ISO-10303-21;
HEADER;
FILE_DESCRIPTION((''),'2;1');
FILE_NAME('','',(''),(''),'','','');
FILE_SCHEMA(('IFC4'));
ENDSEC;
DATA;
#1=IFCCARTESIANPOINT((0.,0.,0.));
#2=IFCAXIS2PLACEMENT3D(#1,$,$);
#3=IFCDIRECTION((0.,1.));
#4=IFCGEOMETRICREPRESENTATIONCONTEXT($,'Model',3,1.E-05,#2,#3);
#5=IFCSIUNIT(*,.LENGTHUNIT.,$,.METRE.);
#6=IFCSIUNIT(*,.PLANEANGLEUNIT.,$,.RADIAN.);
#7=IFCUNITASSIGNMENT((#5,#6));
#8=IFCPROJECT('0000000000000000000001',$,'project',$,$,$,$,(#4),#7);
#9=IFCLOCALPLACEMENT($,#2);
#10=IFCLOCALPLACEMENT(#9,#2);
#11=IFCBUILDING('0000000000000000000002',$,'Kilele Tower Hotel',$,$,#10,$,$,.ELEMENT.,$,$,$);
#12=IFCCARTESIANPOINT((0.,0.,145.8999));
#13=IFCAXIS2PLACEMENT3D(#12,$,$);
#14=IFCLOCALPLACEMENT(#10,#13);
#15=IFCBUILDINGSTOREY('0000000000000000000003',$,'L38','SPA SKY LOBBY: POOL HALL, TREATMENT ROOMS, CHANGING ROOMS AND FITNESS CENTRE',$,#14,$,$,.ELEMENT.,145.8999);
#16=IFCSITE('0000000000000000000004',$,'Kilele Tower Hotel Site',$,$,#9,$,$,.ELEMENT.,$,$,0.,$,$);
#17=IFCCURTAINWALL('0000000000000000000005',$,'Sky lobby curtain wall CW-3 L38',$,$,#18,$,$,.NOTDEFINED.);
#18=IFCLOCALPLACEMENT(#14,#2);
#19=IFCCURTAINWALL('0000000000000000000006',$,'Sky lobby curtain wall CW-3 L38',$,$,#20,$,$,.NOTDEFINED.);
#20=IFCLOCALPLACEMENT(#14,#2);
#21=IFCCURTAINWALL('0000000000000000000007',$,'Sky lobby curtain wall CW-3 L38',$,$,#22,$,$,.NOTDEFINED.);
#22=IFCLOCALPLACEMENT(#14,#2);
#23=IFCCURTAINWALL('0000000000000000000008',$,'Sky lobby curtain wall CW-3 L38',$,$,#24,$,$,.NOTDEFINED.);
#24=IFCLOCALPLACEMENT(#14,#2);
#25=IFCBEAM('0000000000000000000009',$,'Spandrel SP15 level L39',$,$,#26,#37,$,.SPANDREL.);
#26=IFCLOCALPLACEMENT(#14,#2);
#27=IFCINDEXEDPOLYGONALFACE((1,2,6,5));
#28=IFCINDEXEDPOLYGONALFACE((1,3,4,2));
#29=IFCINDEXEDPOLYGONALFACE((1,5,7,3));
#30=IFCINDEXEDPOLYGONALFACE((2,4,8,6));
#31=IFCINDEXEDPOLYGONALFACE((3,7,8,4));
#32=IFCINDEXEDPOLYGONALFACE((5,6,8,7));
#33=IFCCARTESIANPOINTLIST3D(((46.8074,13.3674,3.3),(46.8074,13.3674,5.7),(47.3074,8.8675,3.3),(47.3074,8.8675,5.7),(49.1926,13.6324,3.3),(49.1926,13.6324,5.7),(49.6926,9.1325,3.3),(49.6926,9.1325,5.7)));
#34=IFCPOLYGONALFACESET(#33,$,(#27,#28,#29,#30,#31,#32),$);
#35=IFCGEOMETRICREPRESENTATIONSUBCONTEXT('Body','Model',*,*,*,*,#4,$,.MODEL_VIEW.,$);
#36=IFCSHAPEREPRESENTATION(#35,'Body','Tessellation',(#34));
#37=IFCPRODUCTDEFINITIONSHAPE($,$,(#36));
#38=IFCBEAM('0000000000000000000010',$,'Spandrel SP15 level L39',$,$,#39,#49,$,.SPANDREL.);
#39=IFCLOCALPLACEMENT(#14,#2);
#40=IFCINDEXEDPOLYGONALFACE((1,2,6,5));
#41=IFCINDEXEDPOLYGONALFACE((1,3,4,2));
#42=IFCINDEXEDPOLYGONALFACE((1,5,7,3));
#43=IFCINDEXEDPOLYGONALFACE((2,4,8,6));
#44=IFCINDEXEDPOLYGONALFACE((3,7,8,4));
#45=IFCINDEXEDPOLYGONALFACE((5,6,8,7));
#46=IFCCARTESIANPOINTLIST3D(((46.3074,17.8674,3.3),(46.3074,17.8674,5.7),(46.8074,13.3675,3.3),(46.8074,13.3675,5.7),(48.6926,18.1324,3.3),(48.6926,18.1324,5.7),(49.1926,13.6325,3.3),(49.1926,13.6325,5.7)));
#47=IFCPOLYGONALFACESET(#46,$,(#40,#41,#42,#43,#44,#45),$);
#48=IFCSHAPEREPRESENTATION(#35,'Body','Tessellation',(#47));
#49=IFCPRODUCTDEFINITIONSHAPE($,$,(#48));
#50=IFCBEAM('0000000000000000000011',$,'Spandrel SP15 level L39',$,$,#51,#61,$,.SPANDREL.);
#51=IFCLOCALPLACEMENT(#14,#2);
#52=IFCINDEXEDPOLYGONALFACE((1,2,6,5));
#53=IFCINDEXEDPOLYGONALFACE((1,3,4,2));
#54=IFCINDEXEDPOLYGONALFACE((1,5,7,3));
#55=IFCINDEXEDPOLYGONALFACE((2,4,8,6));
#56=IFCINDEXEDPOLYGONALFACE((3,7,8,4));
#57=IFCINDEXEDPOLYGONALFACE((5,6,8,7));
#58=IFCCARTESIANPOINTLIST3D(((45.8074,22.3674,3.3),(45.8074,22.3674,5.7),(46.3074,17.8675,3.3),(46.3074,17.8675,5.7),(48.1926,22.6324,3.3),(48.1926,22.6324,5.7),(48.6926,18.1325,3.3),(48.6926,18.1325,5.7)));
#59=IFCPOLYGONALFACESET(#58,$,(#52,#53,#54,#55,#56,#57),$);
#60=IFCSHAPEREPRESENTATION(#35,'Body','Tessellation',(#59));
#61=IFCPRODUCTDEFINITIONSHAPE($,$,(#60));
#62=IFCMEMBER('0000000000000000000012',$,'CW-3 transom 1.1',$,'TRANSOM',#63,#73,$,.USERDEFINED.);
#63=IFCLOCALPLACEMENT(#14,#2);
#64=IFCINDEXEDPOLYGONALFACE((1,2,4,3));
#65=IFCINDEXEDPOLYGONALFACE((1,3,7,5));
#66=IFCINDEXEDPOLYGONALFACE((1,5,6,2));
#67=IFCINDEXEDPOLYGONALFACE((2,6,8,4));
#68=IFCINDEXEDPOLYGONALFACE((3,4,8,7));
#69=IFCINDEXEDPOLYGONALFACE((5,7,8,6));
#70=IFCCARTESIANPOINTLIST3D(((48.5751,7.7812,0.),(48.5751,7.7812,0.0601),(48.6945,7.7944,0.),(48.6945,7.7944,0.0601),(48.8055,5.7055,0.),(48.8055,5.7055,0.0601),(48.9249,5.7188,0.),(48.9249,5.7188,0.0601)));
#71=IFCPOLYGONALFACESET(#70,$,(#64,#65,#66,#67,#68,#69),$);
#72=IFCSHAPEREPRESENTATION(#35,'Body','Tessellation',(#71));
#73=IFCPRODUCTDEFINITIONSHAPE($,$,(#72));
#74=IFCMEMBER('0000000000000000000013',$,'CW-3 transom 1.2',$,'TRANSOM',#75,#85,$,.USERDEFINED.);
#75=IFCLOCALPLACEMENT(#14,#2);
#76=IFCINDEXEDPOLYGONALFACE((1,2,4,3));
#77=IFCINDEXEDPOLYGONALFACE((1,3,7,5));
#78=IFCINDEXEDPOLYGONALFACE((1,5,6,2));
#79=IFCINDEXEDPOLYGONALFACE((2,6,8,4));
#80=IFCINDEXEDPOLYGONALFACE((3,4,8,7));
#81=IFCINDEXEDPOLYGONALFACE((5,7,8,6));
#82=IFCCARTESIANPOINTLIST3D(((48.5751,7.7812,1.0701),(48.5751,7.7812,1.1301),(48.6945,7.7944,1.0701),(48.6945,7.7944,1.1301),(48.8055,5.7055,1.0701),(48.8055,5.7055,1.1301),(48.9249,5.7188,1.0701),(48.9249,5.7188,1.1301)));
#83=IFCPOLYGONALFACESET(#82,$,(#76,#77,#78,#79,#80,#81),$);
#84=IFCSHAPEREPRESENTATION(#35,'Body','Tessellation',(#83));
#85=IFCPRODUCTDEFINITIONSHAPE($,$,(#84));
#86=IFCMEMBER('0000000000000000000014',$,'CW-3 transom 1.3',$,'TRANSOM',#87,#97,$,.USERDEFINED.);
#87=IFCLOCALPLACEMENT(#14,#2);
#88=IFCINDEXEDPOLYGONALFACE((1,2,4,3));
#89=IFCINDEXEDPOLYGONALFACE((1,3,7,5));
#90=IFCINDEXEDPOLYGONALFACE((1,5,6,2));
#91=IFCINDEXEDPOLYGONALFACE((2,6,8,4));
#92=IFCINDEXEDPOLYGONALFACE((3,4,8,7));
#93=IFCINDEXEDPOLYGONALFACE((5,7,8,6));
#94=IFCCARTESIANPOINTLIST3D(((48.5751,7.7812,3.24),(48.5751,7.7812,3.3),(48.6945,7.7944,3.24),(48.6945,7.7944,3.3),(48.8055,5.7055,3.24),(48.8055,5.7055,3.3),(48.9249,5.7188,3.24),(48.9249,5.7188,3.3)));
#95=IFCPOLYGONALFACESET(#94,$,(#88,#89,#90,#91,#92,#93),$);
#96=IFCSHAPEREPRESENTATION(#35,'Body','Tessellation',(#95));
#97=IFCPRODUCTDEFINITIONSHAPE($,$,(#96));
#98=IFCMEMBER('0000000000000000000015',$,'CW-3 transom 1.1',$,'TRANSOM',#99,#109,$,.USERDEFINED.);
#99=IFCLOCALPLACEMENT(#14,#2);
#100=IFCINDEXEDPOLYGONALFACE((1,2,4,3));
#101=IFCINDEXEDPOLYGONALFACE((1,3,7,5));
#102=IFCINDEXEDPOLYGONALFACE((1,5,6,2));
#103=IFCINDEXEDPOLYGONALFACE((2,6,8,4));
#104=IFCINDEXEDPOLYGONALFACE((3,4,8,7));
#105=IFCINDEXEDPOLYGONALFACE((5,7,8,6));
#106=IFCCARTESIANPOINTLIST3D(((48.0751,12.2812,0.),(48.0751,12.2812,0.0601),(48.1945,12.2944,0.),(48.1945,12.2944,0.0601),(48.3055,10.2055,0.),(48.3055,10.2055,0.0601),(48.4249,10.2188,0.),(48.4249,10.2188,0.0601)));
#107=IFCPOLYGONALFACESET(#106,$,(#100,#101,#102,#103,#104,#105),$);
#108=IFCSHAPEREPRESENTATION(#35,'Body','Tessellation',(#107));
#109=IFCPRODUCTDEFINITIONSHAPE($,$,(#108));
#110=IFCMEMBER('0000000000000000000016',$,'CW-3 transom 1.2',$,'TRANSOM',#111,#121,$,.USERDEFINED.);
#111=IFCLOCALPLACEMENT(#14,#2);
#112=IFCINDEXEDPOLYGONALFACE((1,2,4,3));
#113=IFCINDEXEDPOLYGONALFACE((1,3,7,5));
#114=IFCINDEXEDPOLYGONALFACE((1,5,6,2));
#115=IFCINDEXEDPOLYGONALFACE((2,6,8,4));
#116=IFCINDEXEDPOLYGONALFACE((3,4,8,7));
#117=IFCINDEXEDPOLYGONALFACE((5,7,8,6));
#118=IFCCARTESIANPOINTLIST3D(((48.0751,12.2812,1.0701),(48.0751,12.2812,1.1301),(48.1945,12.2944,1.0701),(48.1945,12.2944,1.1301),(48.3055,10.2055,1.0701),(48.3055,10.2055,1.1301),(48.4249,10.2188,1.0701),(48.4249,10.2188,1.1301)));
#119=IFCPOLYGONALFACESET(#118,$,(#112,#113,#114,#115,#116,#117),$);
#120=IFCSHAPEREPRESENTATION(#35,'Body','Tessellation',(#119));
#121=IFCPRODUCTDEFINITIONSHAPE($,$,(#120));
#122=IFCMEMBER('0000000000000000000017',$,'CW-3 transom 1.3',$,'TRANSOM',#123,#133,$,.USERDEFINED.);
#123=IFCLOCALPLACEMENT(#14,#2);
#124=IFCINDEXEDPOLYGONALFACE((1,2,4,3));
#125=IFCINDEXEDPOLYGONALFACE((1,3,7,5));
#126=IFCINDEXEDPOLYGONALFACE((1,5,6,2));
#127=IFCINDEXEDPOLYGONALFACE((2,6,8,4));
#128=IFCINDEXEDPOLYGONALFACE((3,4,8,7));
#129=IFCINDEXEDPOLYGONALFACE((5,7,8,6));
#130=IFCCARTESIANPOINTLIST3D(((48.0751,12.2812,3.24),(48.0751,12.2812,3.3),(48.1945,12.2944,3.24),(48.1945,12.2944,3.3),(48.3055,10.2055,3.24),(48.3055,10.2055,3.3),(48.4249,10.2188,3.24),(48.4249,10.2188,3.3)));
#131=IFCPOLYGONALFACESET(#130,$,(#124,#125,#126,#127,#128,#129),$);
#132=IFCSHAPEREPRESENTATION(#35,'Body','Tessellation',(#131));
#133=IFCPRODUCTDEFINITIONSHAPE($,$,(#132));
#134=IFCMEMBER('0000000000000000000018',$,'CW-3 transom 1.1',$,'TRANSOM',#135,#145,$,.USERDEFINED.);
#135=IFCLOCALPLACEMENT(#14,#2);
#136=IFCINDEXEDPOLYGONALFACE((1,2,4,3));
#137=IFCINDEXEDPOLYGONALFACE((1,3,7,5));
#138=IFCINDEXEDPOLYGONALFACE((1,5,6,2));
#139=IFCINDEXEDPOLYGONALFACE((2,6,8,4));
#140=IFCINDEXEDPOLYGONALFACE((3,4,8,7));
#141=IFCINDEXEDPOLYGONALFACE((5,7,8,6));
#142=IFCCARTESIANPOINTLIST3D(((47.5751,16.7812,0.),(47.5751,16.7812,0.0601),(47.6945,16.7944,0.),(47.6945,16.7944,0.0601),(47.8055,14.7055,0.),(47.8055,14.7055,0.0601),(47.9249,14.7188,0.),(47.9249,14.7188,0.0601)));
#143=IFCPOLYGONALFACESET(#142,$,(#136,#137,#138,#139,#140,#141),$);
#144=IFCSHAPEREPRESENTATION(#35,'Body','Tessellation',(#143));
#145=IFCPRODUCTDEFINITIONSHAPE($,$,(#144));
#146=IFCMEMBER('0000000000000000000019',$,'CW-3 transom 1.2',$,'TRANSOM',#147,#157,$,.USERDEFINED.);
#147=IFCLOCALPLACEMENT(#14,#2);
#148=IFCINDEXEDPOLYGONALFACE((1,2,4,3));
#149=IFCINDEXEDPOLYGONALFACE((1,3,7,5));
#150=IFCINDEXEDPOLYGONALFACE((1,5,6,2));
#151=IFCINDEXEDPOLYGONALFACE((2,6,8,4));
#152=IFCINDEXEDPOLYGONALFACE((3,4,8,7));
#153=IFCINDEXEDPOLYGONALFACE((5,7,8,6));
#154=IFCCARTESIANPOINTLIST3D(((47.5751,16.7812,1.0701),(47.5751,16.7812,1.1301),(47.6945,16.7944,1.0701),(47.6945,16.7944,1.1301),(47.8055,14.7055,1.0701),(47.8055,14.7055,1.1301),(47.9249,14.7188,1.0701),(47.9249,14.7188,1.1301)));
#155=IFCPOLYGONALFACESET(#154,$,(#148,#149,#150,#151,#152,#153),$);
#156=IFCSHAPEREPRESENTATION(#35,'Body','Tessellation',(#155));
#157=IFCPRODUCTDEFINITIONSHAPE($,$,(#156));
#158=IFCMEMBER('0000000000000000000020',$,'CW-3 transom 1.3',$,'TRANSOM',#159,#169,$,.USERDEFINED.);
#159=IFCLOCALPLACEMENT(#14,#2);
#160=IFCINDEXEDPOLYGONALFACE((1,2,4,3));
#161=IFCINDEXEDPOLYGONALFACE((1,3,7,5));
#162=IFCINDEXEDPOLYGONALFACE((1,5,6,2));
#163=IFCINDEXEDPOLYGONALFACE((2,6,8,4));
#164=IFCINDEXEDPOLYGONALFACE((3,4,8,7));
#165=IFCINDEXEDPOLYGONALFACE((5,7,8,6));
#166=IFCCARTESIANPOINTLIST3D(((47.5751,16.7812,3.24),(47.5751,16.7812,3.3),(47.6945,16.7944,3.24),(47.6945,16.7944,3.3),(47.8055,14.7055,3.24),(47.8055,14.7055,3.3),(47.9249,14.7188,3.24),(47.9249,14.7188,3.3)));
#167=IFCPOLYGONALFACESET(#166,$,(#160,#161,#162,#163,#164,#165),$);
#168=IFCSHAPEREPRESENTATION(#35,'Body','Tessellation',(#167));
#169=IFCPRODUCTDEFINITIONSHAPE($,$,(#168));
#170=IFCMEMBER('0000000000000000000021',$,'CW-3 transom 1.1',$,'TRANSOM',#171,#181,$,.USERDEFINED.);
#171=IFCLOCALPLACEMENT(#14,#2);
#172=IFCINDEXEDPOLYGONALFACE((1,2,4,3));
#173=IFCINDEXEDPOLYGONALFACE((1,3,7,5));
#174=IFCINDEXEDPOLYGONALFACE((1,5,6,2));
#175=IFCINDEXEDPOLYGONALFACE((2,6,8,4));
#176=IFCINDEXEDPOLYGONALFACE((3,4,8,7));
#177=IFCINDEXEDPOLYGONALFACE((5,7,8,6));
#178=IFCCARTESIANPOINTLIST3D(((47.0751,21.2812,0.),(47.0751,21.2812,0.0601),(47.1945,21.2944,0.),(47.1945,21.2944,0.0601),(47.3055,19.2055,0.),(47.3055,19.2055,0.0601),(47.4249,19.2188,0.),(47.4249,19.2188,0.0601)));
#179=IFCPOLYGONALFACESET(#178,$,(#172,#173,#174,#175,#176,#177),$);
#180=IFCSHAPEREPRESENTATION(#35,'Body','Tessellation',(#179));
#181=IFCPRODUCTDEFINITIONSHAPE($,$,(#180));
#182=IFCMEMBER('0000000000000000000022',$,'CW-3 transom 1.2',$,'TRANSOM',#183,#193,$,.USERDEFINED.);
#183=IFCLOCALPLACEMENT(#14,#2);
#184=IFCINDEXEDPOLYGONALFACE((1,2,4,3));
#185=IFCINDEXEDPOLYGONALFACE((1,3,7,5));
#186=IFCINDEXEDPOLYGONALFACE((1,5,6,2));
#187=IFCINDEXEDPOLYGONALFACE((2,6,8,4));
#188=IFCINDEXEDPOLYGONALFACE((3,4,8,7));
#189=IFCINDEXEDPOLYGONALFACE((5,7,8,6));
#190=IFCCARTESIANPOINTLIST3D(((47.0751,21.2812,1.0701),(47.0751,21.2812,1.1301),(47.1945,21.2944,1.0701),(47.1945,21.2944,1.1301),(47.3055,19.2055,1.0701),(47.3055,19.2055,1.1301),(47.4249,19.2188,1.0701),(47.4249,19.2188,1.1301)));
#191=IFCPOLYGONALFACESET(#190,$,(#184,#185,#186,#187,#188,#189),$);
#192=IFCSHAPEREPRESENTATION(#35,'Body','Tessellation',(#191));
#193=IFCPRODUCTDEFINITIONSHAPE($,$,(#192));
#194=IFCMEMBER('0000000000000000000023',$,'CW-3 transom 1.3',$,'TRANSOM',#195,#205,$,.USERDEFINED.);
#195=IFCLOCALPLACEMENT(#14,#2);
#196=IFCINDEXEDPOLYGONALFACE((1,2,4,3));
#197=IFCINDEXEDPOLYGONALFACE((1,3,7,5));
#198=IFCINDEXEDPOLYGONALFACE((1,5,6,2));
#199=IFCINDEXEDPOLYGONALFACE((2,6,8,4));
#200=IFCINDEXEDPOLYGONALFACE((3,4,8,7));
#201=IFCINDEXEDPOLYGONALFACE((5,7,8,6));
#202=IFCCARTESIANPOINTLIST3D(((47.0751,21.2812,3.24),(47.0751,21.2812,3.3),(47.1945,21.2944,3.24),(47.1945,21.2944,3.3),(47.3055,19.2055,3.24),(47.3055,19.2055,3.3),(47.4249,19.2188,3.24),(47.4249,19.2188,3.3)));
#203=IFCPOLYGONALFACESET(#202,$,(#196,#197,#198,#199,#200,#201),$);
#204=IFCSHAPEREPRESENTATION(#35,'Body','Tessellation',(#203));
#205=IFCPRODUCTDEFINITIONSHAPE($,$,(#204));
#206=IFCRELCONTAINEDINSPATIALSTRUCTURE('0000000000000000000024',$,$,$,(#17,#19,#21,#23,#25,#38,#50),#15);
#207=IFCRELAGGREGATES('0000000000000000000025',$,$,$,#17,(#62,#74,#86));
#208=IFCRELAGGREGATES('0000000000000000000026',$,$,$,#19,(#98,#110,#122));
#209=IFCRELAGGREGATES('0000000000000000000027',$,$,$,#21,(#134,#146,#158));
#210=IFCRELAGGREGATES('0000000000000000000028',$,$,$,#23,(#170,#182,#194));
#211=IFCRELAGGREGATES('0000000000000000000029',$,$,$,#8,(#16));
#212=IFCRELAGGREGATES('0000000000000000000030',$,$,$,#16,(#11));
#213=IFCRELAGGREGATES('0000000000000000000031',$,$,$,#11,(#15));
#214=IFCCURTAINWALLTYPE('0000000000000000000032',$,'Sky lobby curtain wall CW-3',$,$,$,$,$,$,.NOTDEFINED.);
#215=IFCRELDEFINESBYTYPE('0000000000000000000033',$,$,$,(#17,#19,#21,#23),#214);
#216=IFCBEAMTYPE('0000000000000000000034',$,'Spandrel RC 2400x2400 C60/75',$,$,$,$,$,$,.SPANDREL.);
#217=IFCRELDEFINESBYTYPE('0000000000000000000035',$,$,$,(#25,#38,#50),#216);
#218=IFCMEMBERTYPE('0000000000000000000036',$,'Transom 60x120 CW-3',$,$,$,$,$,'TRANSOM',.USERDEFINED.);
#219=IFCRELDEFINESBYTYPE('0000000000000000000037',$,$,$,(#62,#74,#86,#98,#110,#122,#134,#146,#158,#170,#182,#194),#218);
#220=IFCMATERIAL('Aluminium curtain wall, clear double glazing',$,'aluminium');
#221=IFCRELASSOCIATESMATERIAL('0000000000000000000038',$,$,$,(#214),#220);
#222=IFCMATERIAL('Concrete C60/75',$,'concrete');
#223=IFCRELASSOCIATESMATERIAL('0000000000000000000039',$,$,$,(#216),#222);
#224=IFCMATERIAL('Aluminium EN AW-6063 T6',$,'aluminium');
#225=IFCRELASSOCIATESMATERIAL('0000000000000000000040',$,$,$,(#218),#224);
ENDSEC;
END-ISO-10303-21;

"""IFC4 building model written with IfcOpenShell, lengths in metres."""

from ifc_helpers import new_model, si_unit, direction, frame, origin, origin_2d, place, context, subcontext, project, spatial, rectangle, extrude, material, material_profile, profile_set, type_object, element, aggregate, save


model = new_model("IFC4")

# Units and contexts
model_context = context("Model", 3, precision=1e-05, world=origin(), true_north=direction((0.0, 1.0)))
body_context = subcontext(model_context, "Body", "Model", "MODEL_VIEW")
ifc_project = project(units=[si_unit("LENGTHUNIT", "METRE"), si_unit("PLANEANGLEUNIT", "RADIAN")], contexts=[model_context])

# Site, building, storey
site_placement = place(None, origin())
site = spatial("IfcSite", under=ifc_project, at=site_placement, Name="Kilele Tower Hotel Site", CompositionType="ELEMENT", RefElevation=0.0)
building_placement = place(site_placement, origin())
building = spatial("IfcBuilding", under=site, at=building_placement, Name="Kilele Tower Hotel", CompositionType="ELEMENT")
storey_placement = place(building_placement, frame((0.0, 0.0, 145.8999)))
storey = spatial("IfcBuildingStorey", under=building, at=storey_placement, Name="L38", Description="SPA SKY LOBBY: POOL HALL, TREATMENT ROOMS, CHANGING ROOMS AND FITNESS CENTRE", CompositionType="ELEMENT", Elevation=145.8999)

# Shared definitions
ifc_material_1 = material(Name="Aluminium curtain wall, clear double glazing", Category="aluminium")
curtain_wall_type = type_object("IfcCurtainWallType", Name="Sky lobby curtain wall CW-3", PredefinedType="NOTDEFINED", material=ifc_material_1)

# Curtain walls
curtain_wall_1_placement = place(storey_placement, origin())
curtain_wall_1 = element("IfcCurtainWall", 1, at=curtain_wall_1_placement, inside=storey, type_object=curtain_wall_type, Name="Sky lobby curtain wall CW-3 L38", PredefinedType="NOTDEFINED")
curtain_wall_2_placement = place(storey_placement, origin())
curtain_wall_2 = element("IfcCurtainWall", 2, at=curtain_wall_2_placement, inside=storey, type_object=curtain_wall_type, Name="Sky lobby curtain wall CW-3 L38", PredefinedType="NOTDEFINED")
curtain_wall_3_placement = place(storey_placement, origin())
curtain_wall_3 = element("IfcCurtainWall", 3, at=curtain_wall_3_placement, inside=storey, type_object=curtain_wall_type, Name="Sky lobby curtain wall CW-3 L38", PredefinedType="NOTDEFINED")

# Curtain wall
curtain_wall_4_placement = place(storey_placement, origin())
curtain_wall_4 = element("IfcCurtainWall", 4, at=curtain_wall_4_placement, inside=storey, type_object=curtain_wall_type, Name="Sky lobby curtain wall CW-3 L38", PredefinedType="NOTDEFINED")

# Beams
ifc_material_2 = material(Name="Concrete C60/75", Category="concrete")
ifc_material_profile_1 = material_profile(ifc_material_2, rectangle(XDim=2.3999, YDim=2.3999, at=origin_2d()))
ifc_profile_set_1 = profile_set([ifc_material_profile_1], Name="Concrete C60/75")
beam_type_1 = type_object("IfcBeamType", Name="Spandrel RC 2400x2400 C60/75", PredefinedType="SPANDREL", material=ifc_profile_set_1)
for number, where, z_axis, x_axis, name in (
    (5, (48.5, 9.0, 4.5), (-0.110432, 0.993884, 0.0), (-0.993884, -0.110432, 0.0), "Spandrel SP15 level L39"),
    (6, (48.0, 13.5, 4.5), (-0.110432, 0.993884, 0.0), (-0.993884, -0.110432, 0.0), "Spandrel SP15 level L39"),
    (7, (47.5, 18.0, 4.5), (-0.110432, 0.993884, 0.0), (-0.993884, -0.110432, 0.0), "Spandrel SP15 level L39"),
):
    element("IfcBeam", number, at=place(storey_placement, frame(where, z_axis=z_axis, x_axis=x_axis)), inside=storey, type_object=beam_type_1, Name=name, PredefinedType="SPANDREL", context=body_context, shape_type="SweptSolid", body=[
        extrude(rectangle(XDim=2.3999, YDim=2.3999, at=origin_2d()), origin(), (0.0, 0.0, 1.0), 4.5276),
    ])

# Members
ifc_material_3 = material(Name="Aluminium EN AW-6063 T6", Category="aluminium")
ifc_material_profile_2 = material_profile(ifc_material_3, rectangle(XDim=0.1201, YDim=0.0601, at=origin_2d()))
ifc_profile_set_2 = profile_set([ifc_material_profile_2], Name="Aluminium EN AW-6063 T6")
member_type_1 = type_object("IfcMemberType", Name="Transom 60x120 CW-3", ElementType="TRANSOM", PredefinedType="USERDEFINED", material=ifc_profile_set_2)
member_1_placement = place(storey_placement, frame((48.8652, 5.7122, 0.03), z_axis=(-0.110355, 0.993892, 0.0), x_axis=(-0.993892, -0.110355, 0.0)))
member_1 = element("IfcMember", 8, at=member_1_placement, type_object=member_type_1, Name="CW-3 transom 1.1", ObjectType="TRANSOM", PredefinedType="USERDEFINED", context=body_context, shape_type="SweptSolid", body=[
    extrude(rectangle(XDim=0.1201, YDim=0.0601, at=origin_2d()), origin(), (0.0, 0.0, 1.0), 2.0884),
])
member_2_placement = place(storey_placement, frame((48.8652, 5.7122, 1.1001), z_axis=(-0.110355, 0.993892, 0.0), x_axis=(-0.993892, -0.110355, 0.0)))
member_2 = element("IfcMember", 9, at=member_2_placement, type_object=member_type_1, Name="CW-3 transom 1.2", ObjectType="TRANSOM", PredefinedType="USERDEFINED", context=body_context, shape_type="SweptSolid", body=[
    extrude(rectangle(XDim=0.1201, YDim=0.0601, at=origin_2d()), origin(), (0.0, 0.0, 1.0), 2.0884),
])
member_3_placement = place(storey_placement, frame((48.8652, 5.7122, 3.27), z_axis=(-0.110355, 0.993892, 0.0), x_axis=(-0.993892, -0.110355, 0.0)))
member_3 = element("IfcMember", 10, at=member_3_placement, type_object=member_type_1, Name="CW-3 transom 1.3", ObjectType="TRANSOM", PredefinedType="USERDEFINED", context=body_context, shape_type="SweptSolid", body=[
    extrude(rectangle(XDim=0.1201, YDim=0.0601, at=origin_2d()), origin(), (0.0, 0.0, 1.0), 2.0884),
])
member_4_placement = place(storey_placement, frame((48.3652, 10.2122, 0.03), z_axis=(-0.110355, 0.993892, 0.0), x_axis=(-0.993892, -0.110355, 0.0)))
member_4 = element("IfcMember", 11, at=member_4_placement, type_object=member_type_1, Name="CW-3 transom 1.1", ObjectType="TRANSOM", PredefinedType="USERDEFINED", context=body_context, shape_type="SweptSolid", body=[
    extrude(rectangle(XDim=0.1201, YDim=0.0601, at=origin_2d()), origin(), (0.0, 0.0, 1.0), 2.0884),
])
member_5_placement = place(storey_placement, frame((48.3652, 10.2122, 1.1001), z_axis=(-0.110355, 0.993892, 0.0), x_axis=(-0.993892, -0.110355, 0.0)))
member_5 = element("IfcMember", 12, at=member_5_placement, type_object=member_type_1, Name="CW-3 transom 1.2", ObjectType="TRANSOM", PredefinedType="USERDEFINED", context=body_context, shape_type="SweptSolid", body=[
    extrude(rectangle(XDim=0.1201, YDim=0.0601, at=origin_2d()), origin(), (0.0, 0.0, 1.0), 2.0884),
])
member_6_placement = place(storey_placement, frame((48.3652, 10.2122, 3.27), z_axis=(-0.110355, 0.993892, 0.0), x_axis=(-0.993892, -0.110355, 0.0)))
member_6 = element("IfcMember", 13, at=member_6_placement, type_object=member_type_1, Name="CW-3 transom 1.3", ObjectType="TRANSOM", PredefinedType="USERDEFINED", context=body_context, shape_type="SweptSolid", body=[
    extrude(rectangle(XDim=0.1201, YDim=0.0601, at=origin_2d()), origin(), (0.0, 0.0, 1.0), 2.0884),
])
member_7_placement = place(storey_placement, frame((47.8652, 14.7122, 0.03), z_axis=(-0.110355, 0.993892, 0.0), x_axis=(-0.993892, -0.110355, 0.0)))
member_7 = element("IfcMember", 14, at=member_7_placement, type_object=member_type_1, Name="CW-3 transom 1.1", ObjectType="TRANSOM", PredefinedType="USERDEFINED", context=body_context, shape_type="SweptSolid", body=[
    extrude(rectangle(XDim=0.1201, YDim=0.0601, at=origin_2d()), origin(), (0.0, 0.0, 1.0), 2.0884),
])
member_8_placement = place(storey_placement, frame((47.8652, 14.7122, 1.1001), z_axis=(-0.110355, 0.993892, 0.0), x_axis=(-0.993892, -0.110355, 0.0)))
member_8 = element("IfcMember", 15, at=member_8_placement, type_object=member_type_1, Name="CW-3 transom 1.2", ObjectType="TRANSOM", PredefinedType="USERDEFINED", context=body_context, shape_type="SweptSolid", body=[
    extrude(rectangle(XDim=0.1201, YDim=0.0601, at=origin_2d()), origin(), (0.0, 0.0, 1.0), 2.0884),
])
member_9_placement = place(storey_placement, frame((47.8652, 14.7122, 3.27), z_axis=(-0.110355, 0.993892, 0.0), x_axis=(-0.993892, -0.110355, 0.0)))
member_9 = element("IfcMember", 16, at=member_9_placement, type_object=member_type_1, Name="CW-3 transom 1.3", ObjectType="TRANSOM", PredefinedType="USERDEFINED", context=body_context, shape_type="SweptSolid", body=[
    extrude(rectangle(XDim=0.1201, YDim=0.0601, at=origin_2d()), origin(), (0.0, 0.0, 1.0), 2.0884),
])
member_10_placement = place(storey_placement, frame((47.3652, 19.2122, 0.03), z_axis=(-0.110355, 0.993892, 0.0), x_axis=(-0.993892, -0.110355, 0.0)))
member_10 = element("IfcMember", 17, at=member_10_placement, type_object=member_type_1, Name="CW-3 transom 1.1", ObjectType="TRANSOM", PredefinedType="USERDEFINED", context=body_context, shape_type="SweptSolid", body=[
    extrude(rectangle(XDim=0.1201, YDim=0.0601, at=origin_2d()), origin(), (0.0, 0.0, 1.0), 2.0884),
])
member_11_placement = place(storey_placement, frame((47.3652, 19.2122, 1.1001), z_axis=(-0.110355, 0.993892, 0.0), x_axis=(-0.993892, -0.110355, 0.0)))
member_11 = element("IfcMember", 18, at=member_11_placement, type_object=member_type_1, Name="CW-3 transom 1.2", ObjectType="TRANSOM", PredefinedType="USERDEFINED", context=body_context, shape_type="SweptSolid", body=[
    extrude(rectangle(XDim=0.1201, YDim=0.0601, at=origin_2d()), origin(), (0.0, 0.0, 1.0), 2.0884),
])
member_12_placement = place(storey_placement, frame((47.3652, 19.2122, 3.27), z_axis=(-0.110355, 0.993892, 0.0), x_axis=(-0.993892, -0.110355, 0.0)))
member_12 = element("IfcMember", 19, at=member_12_placement, type_object=member_type_1, Name="CW-3 transom 1.3", ObjectType="TRANSOM", PredefinedType="USERDEFINED", context=body_context, shape_type="SweptSolid", body=[
    extrude(rectangle(XDim=0.1201, YDim=0.0601, at=origin_2d()), origin(), (0.0, 0.0, 1.0), 2.0884),
])

aggregate(curtain_wall_1, [member_1, member_2, member_3])
aggregate(curtain_wall_2, [member_4, member_5, member_6])
aggregate(curtain_wall_3, [member_7, member_8, member_9])
aggregate(curtain_wall_4, [member_10, member_11, member_12])

save(model, "model.ifc")
